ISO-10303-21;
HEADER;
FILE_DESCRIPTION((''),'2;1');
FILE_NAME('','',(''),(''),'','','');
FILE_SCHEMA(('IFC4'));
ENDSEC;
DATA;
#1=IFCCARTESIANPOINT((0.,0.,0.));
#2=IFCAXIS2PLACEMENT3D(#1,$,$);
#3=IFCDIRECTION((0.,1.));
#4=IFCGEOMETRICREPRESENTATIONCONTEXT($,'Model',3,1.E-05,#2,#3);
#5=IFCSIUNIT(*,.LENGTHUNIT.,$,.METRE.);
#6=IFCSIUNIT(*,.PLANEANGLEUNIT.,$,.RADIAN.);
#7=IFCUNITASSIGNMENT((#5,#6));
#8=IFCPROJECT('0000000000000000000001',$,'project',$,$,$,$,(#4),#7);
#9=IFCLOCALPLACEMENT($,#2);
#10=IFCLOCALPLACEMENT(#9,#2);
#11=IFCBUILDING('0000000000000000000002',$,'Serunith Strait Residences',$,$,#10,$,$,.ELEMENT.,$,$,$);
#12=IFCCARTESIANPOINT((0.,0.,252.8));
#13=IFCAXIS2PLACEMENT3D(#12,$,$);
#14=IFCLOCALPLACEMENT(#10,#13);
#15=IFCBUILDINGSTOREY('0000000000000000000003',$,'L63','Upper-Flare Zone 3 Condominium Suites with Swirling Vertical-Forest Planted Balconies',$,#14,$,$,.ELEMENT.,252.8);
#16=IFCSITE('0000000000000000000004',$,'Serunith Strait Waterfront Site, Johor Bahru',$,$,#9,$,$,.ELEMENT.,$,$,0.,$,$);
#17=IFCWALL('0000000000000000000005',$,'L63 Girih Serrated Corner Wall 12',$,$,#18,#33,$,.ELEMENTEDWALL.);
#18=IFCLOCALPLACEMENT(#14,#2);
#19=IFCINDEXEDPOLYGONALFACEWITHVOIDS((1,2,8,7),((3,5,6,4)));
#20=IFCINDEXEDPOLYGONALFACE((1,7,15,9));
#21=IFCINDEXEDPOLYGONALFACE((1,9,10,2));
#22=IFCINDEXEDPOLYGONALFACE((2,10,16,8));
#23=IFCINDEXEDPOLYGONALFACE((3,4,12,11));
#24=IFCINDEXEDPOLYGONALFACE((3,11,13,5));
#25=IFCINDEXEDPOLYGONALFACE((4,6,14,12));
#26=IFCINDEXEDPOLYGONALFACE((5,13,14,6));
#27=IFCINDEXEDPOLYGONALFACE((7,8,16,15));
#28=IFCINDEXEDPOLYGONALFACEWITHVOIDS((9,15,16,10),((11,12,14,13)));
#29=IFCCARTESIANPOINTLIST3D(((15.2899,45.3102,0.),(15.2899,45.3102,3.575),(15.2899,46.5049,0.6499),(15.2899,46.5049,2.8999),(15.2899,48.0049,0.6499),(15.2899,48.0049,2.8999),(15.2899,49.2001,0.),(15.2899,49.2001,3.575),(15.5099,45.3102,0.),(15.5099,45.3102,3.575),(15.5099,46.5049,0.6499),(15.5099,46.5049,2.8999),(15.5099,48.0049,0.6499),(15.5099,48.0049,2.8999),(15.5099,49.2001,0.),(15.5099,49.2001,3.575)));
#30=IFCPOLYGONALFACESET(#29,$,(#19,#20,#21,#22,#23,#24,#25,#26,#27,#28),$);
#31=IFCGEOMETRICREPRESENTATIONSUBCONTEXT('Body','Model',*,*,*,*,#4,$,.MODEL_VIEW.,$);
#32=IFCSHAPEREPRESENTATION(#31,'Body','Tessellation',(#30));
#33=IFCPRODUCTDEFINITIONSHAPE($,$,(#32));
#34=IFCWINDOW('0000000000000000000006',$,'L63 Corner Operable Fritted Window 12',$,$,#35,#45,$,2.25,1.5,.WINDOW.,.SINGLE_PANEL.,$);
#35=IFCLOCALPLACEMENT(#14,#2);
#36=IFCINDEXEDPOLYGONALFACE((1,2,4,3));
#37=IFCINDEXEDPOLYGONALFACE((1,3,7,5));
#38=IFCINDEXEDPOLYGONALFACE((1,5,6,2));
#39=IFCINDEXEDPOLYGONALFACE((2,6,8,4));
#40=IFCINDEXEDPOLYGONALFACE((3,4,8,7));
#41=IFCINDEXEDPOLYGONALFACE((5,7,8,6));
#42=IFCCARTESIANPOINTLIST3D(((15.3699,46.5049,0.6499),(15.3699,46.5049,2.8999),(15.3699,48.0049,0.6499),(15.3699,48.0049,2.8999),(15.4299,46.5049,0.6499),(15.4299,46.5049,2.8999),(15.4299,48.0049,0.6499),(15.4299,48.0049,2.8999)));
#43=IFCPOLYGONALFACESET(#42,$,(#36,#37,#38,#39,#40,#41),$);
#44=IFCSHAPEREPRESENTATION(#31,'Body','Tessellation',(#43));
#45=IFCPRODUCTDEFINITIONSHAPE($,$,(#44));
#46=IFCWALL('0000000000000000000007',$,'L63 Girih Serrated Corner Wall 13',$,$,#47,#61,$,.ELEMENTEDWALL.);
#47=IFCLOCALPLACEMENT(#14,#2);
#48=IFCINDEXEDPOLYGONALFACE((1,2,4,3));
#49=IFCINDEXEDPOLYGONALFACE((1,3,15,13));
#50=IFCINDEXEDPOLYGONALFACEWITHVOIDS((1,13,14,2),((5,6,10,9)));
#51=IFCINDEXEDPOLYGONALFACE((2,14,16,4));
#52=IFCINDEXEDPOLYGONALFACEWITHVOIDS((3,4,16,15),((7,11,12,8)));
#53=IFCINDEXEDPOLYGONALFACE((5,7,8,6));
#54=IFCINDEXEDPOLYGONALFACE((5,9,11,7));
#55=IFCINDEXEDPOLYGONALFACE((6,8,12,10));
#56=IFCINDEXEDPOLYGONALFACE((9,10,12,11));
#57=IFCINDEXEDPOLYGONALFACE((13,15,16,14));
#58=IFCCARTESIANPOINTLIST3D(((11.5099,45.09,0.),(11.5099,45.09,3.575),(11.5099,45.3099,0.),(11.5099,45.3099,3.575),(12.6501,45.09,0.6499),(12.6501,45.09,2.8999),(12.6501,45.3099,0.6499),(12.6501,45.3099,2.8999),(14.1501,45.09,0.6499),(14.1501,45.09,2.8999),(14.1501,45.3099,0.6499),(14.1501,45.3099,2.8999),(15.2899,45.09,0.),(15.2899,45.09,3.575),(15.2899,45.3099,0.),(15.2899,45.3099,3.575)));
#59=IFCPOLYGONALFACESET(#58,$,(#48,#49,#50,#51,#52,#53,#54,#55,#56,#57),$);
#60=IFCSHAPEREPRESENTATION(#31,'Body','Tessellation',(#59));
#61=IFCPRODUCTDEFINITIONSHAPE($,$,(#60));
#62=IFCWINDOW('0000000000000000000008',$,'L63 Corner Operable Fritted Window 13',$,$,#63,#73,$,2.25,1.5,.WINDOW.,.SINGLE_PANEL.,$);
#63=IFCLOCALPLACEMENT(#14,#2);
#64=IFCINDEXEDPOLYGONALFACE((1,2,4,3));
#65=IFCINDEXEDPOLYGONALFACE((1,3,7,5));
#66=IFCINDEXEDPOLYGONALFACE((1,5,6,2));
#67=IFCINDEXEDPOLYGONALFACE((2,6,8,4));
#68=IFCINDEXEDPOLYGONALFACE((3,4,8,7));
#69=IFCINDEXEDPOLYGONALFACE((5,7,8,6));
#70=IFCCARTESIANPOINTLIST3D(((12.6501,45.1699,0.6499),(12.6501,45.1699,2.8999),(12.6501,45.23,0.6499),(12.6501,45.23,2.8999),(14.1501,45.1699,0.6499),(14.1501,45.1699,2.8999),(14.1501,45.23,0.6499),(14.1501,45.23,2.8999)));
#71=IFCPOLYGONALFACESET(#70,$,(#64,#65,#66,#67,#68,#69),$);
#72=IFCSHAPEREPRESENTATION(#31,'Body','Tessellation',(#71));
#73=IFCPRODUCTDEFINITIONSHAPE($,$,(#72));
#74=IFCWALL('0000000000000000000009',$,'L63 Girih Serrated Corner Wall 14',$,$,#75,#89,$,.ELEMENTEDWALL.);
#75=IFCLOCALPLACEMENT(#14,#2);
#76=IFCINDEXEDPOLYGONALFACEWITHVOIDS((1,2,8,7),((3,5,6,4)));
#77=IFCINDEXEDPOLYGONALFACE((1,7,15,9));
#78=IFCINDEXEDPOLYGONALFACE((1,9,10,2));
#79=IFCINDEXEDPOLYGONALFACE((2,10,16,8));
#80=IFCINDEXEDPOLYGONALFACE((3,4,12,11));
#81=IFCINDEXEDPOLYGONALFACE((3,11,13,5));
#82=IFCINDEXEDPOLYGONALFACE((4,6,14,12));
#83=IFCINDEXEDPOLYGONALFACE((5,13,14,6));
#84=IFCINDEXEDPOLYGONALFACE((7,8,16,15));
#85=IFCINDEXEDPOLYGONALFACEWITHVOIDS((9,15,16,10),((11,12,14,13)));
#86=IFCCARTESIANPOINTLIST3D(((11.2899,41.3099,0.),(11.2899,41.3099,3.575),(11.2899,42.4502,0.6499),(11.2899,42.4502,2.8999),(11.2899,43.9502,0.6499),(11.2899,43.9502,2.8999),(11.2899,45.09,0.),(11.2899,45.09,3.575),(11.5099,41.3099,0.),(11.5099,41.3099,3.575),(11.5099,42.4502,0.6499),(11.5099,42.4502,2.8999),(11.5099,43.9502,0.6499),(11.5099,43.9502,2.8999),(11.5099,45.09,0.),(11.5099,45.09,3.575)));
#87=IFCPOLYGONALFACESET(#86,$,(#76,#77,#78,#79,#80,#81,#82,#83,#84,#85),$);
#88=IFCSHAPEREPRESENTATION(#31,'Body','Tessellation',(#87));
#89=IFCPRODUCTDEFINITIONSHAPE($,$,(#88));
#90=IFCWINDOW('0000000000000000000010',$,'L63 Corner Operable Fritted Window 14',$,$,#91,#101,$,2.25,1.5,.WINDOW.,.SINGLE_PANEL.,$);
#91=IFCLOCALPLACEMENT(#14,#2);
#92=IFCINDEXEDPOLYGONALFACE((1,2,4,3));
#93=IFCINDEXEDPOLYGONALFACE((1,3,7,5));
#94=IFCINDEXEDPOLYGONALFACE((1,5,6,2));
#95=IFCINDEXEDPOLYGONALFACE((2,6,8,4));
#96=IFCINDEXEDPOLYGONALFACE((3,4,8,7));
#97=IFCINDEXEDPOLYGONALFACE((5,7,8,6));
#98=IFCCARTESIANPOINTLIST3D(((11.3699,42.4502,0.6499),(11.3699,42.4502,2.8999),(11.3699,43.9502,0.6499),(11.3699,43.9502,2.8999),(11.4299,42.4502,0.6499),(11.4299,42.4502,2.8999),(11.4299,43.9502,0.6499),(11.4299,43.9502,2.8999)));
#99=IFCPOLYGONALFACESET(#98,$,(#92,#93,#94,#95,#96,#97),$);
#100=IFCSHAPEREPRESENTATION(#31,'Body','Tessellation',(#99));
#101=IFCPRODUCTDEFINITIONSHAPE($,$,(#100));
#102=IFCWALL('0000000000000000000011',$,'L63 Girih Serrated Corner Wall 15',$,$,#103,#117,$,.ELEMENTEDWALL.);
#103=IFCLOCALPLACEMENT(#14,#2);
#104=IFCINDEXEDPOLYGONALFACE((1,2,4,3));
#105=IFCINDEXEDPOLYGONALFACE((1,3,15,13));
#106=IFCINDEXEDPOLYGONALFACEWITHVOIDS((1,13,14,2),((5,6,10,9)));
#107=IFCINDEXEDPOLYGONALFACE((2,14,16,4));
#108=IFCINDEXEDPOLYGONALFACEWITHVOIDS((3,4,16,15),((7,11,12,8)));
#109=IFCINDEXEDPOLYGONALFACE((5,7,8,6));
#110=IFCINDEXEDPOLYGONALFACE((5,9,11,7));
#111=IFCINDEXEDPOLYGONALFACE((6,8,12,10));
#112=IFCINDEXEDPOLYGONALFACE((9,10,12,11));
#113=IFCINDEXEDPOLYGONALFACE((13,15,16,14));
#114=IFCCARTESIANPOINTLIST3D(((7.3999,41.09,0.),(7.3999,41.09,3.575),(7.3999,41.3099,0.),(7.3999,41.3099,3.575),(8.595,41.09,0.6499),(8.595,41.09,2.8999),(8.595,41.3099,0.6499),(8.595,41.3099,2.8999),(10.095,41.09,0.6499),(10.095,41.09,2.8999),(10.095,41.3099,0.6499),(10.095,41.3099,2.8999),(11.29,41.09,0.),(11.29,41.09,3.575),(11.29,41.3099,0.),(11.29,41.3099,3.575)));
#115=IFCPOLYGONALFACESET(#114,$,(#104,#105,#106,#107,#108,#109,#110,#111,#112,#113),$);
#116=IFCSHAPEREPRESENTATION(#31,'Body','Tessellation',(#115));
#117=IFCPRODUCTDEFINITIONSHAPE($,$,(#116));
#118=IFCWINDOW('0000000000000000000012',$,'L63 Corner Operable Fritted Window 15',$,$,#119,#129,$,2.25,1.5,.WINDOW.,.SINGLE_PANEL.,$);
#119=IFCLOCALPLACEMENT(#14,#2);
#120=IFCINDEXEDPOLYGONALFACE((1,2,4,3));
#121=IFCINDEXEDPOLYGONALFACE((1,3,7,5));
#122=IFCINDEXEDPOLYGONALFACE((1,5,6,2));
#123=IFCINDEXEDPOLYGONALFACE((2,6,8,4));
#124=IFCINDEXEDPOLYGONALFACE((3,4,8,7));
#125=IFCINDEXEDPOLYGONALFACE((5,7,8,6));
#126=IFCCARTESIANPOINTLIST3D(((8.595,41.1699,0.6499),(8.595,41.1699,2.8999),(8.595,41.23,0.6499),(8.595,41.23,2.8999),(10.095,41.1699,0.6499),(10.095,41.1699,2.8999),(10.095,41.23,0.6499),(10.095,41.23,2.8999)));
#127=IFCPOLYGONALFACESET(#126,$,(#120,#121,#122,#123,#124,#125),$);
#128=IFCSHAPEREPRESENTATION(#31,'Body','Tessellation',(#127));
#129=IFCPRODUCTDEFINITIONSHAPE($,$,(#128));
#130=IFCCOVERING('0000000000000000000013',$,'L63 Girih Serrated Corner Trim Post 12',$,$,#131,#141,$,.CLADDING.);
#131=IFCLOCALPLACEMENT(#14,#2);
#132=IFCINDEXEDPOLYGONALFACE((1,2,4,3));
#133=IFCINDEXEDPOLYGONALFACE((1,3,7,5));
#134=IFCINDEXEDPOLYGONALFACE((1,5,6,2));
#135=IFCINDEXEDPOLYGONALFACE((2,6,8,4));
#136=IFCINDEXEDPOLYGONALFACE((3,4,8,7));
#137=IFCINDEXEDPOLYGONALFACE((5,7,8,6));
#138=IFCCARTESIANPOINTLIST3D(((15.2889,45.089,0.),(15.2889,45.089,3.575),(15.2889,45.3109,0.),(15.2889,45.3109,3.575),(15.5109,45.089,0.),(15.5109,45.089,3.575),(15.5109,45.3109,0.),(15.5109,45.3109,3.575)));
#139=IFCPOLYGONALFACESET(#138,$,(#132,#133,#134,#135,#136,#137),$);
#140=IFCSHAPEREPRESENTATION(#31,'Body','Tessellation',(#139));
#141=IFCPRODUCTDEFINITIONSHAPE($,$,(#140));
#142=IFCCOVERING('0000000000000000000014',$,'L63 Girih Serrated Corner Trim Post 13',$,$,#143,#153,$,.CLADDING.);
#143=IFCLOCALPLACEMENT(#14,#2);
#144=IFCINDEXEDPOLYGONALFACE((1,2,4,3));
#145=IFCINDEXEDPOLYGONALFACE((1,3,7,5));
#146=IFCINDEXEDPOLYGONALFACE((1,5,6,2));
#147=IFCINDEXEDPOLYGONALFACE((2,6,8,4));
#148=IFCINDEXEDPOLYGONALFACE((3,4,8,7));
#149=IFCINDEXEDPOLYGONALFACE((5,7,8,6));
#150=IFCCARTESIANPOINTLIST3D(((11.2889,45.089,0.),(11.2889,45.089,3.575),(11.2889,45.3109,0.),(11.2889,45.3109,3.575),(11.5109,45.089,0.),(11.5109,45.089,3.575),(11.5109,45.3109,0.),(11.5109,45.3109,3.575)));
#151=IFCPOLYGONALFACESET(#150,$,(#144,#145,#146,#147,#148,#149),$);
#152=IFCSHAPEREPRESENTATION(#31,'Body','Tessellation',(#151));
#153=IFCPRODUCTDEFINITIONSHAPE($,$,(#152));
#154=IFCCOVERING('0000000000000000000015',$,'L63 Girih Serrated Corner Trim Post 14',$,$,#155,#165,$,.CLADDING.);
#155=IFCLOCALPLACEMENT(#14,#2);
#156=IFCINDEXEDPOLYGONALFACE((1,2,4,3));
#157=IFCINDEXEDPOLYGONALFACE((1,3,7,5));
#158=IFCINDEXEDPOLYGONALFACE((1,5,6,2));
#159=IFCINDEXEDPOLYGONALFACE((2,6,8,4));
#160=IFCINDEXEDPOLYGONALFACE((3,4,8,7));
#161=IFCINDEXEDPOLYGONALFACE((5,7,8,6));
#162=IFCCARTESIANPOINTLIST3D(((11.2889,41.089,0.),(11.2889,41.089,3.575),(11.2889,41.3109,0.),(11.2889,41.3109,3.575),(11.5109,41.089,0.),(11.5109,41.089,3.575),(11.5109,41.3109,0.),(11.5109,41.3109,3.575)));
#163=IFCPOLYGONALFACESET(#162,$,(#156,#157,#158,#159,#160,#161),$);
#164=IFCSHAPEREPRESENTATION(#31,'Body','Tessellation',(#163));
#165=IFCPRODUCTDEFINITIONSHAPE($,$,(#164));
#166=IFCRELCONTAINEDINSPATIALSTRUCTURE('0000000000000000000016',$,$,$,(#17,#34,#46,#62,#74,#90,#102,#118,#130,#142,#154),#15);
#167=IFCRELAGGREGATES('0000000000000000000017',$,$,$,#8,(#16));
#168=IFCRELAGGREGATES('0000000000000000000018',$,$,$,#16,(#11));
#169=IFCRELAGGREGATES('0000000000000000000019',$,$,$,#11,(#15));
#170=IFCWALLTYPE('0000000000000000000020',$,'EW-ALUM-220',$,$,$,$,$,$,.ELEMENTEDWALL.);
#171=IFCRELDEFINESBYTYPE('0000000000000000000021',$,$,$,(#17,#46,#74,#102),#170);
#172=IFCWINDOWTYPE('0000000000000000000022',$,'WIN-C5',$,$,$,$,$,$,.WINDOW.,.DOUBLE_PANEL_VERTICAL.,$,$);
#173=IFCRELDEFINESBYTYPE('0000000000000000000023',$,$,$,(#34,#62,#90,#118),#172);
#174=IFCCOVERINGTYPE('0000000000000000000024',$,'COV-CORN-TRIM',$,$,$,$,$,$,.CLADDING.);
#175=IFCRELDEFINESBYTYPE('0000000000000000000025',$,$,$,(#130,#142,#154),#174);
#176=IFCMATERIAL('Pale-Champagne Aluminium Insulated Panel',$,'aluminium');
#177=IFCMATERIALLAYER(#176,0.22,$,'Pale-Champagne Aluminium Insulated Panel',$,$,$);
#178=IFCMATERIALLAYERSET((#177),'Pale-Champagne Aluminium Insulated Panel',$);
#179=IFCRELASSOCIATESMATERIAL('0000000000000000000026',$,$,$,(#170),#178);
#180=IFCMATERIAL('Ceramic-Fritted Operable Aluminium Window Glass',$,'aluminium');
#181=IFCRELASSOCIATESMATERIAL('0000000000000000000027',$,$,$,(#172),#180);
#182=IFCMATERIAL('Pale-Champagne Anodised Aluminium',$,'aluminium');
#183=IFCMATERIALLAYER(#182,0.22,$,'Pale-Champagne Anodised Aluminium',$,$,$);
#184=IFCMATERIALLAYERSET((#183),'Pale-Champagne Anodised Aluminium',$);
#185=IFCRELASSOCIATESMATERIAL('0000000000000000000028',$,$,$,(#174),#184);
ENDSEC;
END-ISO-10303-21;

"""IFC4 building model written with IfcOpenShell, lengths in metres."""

from ifc_helpers import new_model, si_unit, direction, frame, frame_2d, origin, origin_2d, place, context, subcontext, project, spatial, rectangle, extrude, source, transform, mapped, material, layer, layer_set, type_object, element, fill, save


model = new_model("IFC4")

# Units and contexts
model_context = context("Model", 3, precision=1e-05, world=origin(), true_north=direction((0.0, 1.0)))
body_context = subcontext(model_context, "Body", "Model", "MODEL_VIEW")
ifc_project = project(units=[si_unit("LENGTHUNIT", "METRE"), si_unit("PLANEANGLEUNIT", "RADIAN")], contexts=[model_context])

# Site, building, storey
site_placement = place(None, origin())
site = spatial("IfcSite", under=ifc_project, at=site_placement, Name="Serunith Strait Waterfront Site, Johor Bahru", CompositionType="ELEMENT", RefElevation=0.0)
building_placement = place(site_placement, origin())
building = spatial("IfcBuilding", under=site, at=building_placement, Name="Serunith Strait Residences", CompositionType="ELEMENT")
storey_placement = place(building_placement, frame((0.0, 0.0, 252.8)))
storey = spatial("IfcBuildingStorey", under=building, at=storey_placement, Name="L63", Description="Upper-Flare Zone 3 Condominium Suites with Swirling Vertical-Forest Planted Balconies", CompositionType="ELEMENT", Elevation=252.8)

# Shared definitions
ifc_material_1 = material(Name="Pale-Champagne Anodised Aluminium", Category="aluminium")

# Walls, openings, windows
ifc_material_2 = material(Name="Pale-Champagne Aluminium Insulated Panel", Category="aluminium")
ifc_layer_1 = layer(ifc_material_2, 0.22, Name="Pale-Champagne Aluminium Insulated Panel")
ifc_layer_set_1 = layer_set([ifc_layer_1], Name="Pale-Champagne Aluminium Insulated Panel")
wall_type = type_object("IfcWallType", Name="EW-ALUM-220", PredefinedType="ELEMENTEDWALL", material=ifc_layer_set_1)
wall_1_placement = place(storey_placement, frame((15.3999, 49.2, 0.0), z_axis=(0.0, 0.0, 1.0), x_axis=(0.0, -1.0, 0.0)))
wall_1 = element("IfcWall", 1, at=wall_1_placement, inside=storey, type_object=wall_type, Name="L63 Girih Serrated Corner Wall 12", PredefinedType="ELEMENTEDWALL", context=body_context, shape_type="SweptSolid", body=[
    extrude(rectangle(XDim=3.8899, YDim=0.22, at=frame_2d((1.9448, 0.0))), origin(), (0.0, 0.0, 1.0), 3.575),
])
opening_1_placement = place(wall_1_placement, frame((1.1951, 0.0, 0.6499)))
opening_1 = element("IfcOpeningElement", 2, at=opening_1_placement, cuts=wall_1, PredefinedType="OPENING", context=body_context, shape_type="SweptSolid", body=[
    extrude(rectangle(XDim=1.5, YDim=2.25, at=frame_2d((0.75, 1.125))), frame((0.0, 0.1201, 0.0), z_axis=(0.0, -1.0, 0.0), x_axis=(1.0, 0.0, 0.0)), (0.0, 0.0, 1.0), 0.24),
])
ifc_material_3 = material(Name="Ceramic-Fritted Operable Aluminium Window Glass", Category="aluminium")
window_type = type_object("IfcWindowType", Name="WIN-C5", PartitioningType="DOUBLE_PANEL_VERTICAL", PredefinedType="WINDOW", material=ifc_material_3)
shared_shape_1 = source(origin(), body_context, "Body", "SweptSolid", [
    extrude(rectangle(XDim=1.5, YDim=2.25, at=frame_2d((0.75, 1.125))), frame((0.0, 0.03, 0.0), z_axis=(0.0, -1.0, 0.0), x_axis=(1.0, 0.0, 0.0)), (0.0, 0.0, 1.0), 0.0601),
])
window_1_placement = place(opening_1_placement, origin())
window_1 = element("IfcWindow", 3, at=window_1_placement, inside=storey, type_object=window_type, Name="L63 Corner Operable Fritted Window 12", OverallHeight=2.25, OverallWidth=1.5, PartitioningType="SINGLE_PANEL", PredefinedType="WINDOW", context=body_context, shape_type="MappedRepresentation", body=[
    mapped(shared_shape_1, transform((0.0, 0.0, 0.0), scale=1.0)),
])
fill(opening_1, window_1)
wall_2_placement = place(storey_placement, frame((15.29, 45.2, 0.0), z_axis=(0.0, 0.0, 1.0), x_axis=(-1.0, 0.0, 0.0)))
wall_2 = element("IfcWall", 4, at=wall_2_placement, inside=storey, type_object=wall_type, Name="L63 Girih Serrated Corner Wall 13", PredefinedType="ELEMENTEDWALL", context=body_context, shape_type="SweptSolid", body=[
    extrude(rectangle(XDim=3.78, YDim=0.22, at=frame_2d((1.8901, 0.0))), origin(), (0.0, 0.0, 1.0), 3.575),
])
opening_2_placement = place(wall_2_placement, frame((1.1399, 0.0, 0.6499)))
opening_2 = element("IfcOpeningElement", 5, at=opening_2_placement, cuts=wall_2, PredefinedType="OPENING", context=body_context, shape_type="SweptSolid", body=[
    extrude(rectangle(XDim=1.5, YDim=2.25, at=frame_2d((0.75, 1.125))), frame((0.0, 0.1201, 0.0), z_axis=(0.0, -1.0, 0.0), x_axis=(1.0, 0.0, 0.0)), (0.0, 0.0, 1.0), 0.24),
])
window_2_placement = place(opening_2_placement, origin())
window_2 = element("IfcWindow", 6, at=window_2_placement, inside=storey, type_object=window_type, Name="L63 Corner Operable Fritted Window 13", OverallHeight=2.25, OverallWidth=1.5, PartitioningType="SINGLE_PANEL", PredefinedType="WINDOW", context=body_context, shape_type="MappedRepresentation", body=[
    mapped(shared_shape_1, transform((0.0, 0.0, 0.0), scale=1.0)),
])
fill(opening_2, window_2)
wall_3_placement = place(storey_placement, frame((11.3999, 45.0901, 0.0), z_axis=(0.0, 0.0, 1.0), x_axis=(0.0, -1.0, 0.0)))
wall_3 = element("IfcWall", 7, at=wall_3_placement, inside=storey, type_object=wall_type, Name="L63 Girih Serrated Corner Wall 14", PredefinedType="ELEMENTEDWALL", context=body_context, shape_type="SweptSolid", body=[
    extrude(rectangle(XDim=3.78, YDim=0.22, at=frame_2d((1.8901, 0.0))), origin(), (0.0, 0.0, 1.0), 3.575),
])
opening_3_placement = place(wall_3_placement, frame((1.1399, 0.0, 0.6499)))
opening_3 = element("IfcOpeningElement", 8, at=opening_3_placement, cuts=wall_3, PredefinedType="OPENING", context=body_context, shape_type="SweptSolid", body=[
    extrude(rectangle(XDim=1.5, YDim=2.25, at=frame_2d((0.75, 1.125))), frame((0.0, 0.1201, 0.0), z_axis=(0.0, -1.0, 0.0), x_axis=(1.0, 0.0, 0.0)), (0.0, 0.0, 1.0), 0.24),
])
window_3_placement = place(opening_3_placement, origin())
window_3 = element("IfcWindow", 9, at=window_3_placement, inside=storey, type_object=window_type, Name="L63 Corner Operable Fritted Window 14", OverallHeight=2.25, OverallWidth=1.5, PartitioningType="SINGLE_PANEL", PredefinedType="WINDOW", context=body_context, shape_type="MappedRepresentation", body=[
    mapped(shared_shape_1, transform((0.0, 0.0, 0.0), scale=1.0)),
])
fill(opening_3, window_3)
wall_4_placement = place(storey_placement, frame((11.29, 41.2, 0.0), z_axis=(0.0, 0.0, 1.0), x_axis=(-1.0, 0.0, 0.0)))
wall_4 = element("IfcWall", 10, at=wall_4_placement, inside=storey, type_object=wall_type, Name="L63 Girih Serrated Corner Wall 15", PredefinedType="ELEMENTEDWALL", context=body_context, shape_type="SweptSolid", body=[
    extrude(rectangle(XDim=3.8901, YDim=0.22, at=frame_2d((1.9451, 0.0))), origin(), (0.0, 0.0, 1.0), 3.575),
])
opening_4_placement = place(wall_4_placement, frame((1.1951, 0.0, 0.6499)))
opening_4 = element("IfcOpeningElement", 11, at=opening_4_placement, cuts=wall_4, PredefinedType="OPENING", context=body_context, shape_type="SweptSolid", body=[
    extrude(rectangle(XDim=1.5, YDim=2.25, at=frame_2d((0.75, 1.125))), frame((0.0, 0.1201, 0.0), z_axis=(0.0, -1.0, 0.0), x_axis=(1.0, 0.0, 0.0)), (0.0, 0.0, 1.0), 0.24),
])
window_4_placement = place(opening_4_placement, origin())
window_4 = element("IfcWindow", 12, at=window_4_placement, inside=storey, type_object=window_type, Name="L63 Corner Operable Fritted Window 15", OverallHeight=2.25, OverallWidth=1.5, PartitioningType="SINGLE_PANEL", PredefinedType="WINDOW", context=body_context, shape_type="MappedRepresentation", body=[
    mapped(shared_shape_1, transform((0.0, 0.0, 0.0), scale=1.0)),
])
fill(opening_4, window_4)

# Coverings
ifc_layer_2 = layer(ifc_material_1, 0.22, Name="Pale-Champagne Anodised Aluminium")
ifc_layer_set_2 = layer_set([ifc_layer_2], Name="Pale-Champagne Anodised Aluminium")
covering_type = type_object("IfcCoveringType", Name="COV-CORN-TRIM", PredefinedType="CLADDING", material=ifc_layer_set_2)
shared_shape_2 = source(origin(), body_context, "Body", "SweptSolid", [
    extrude(rectangle(XDim=0.2219, YDim=0.2219, at=origin_2d()), origin(), (0.0, 0.0, 1.0), 3.575),
])
for number, where, z_axis, x_axis, name in (
    (13, (15.3999, 45.2, 0.0), (0.0, 0.0, 1.0), (1.0, 0.0, 0.0), "L63 Girih Serrated Corner Trim Post 12"),
    (14, (11.3999, 45.2, 0.0), (0.0, 0.0, 1.0), (1.0, 0.0, 0.0), "L63 Girih Serrated Corner Trim Post 13"),
    (15, (11.3999, 41.2, 0.0), (0.0, 0.0, 1.0), (1.0, 0.0, 0.0), "L63 Girih Serrated Corner Trim Post 14"),
):
    element("IfcCovering", number, at=place(storey_placement, frame(where, z_axis=z_axis, x_axis=x_axis)), inside=storey, type_object=covering_type, Name=name, PredefinedType="CLADDING", context=body_context, shape_type="MappedRepresentation", body=[
        mapped(shared_shape_2, transform((0.0, 0.0, 0.0), scale=1.0)),
    ])

save(model, "model.ifc")
